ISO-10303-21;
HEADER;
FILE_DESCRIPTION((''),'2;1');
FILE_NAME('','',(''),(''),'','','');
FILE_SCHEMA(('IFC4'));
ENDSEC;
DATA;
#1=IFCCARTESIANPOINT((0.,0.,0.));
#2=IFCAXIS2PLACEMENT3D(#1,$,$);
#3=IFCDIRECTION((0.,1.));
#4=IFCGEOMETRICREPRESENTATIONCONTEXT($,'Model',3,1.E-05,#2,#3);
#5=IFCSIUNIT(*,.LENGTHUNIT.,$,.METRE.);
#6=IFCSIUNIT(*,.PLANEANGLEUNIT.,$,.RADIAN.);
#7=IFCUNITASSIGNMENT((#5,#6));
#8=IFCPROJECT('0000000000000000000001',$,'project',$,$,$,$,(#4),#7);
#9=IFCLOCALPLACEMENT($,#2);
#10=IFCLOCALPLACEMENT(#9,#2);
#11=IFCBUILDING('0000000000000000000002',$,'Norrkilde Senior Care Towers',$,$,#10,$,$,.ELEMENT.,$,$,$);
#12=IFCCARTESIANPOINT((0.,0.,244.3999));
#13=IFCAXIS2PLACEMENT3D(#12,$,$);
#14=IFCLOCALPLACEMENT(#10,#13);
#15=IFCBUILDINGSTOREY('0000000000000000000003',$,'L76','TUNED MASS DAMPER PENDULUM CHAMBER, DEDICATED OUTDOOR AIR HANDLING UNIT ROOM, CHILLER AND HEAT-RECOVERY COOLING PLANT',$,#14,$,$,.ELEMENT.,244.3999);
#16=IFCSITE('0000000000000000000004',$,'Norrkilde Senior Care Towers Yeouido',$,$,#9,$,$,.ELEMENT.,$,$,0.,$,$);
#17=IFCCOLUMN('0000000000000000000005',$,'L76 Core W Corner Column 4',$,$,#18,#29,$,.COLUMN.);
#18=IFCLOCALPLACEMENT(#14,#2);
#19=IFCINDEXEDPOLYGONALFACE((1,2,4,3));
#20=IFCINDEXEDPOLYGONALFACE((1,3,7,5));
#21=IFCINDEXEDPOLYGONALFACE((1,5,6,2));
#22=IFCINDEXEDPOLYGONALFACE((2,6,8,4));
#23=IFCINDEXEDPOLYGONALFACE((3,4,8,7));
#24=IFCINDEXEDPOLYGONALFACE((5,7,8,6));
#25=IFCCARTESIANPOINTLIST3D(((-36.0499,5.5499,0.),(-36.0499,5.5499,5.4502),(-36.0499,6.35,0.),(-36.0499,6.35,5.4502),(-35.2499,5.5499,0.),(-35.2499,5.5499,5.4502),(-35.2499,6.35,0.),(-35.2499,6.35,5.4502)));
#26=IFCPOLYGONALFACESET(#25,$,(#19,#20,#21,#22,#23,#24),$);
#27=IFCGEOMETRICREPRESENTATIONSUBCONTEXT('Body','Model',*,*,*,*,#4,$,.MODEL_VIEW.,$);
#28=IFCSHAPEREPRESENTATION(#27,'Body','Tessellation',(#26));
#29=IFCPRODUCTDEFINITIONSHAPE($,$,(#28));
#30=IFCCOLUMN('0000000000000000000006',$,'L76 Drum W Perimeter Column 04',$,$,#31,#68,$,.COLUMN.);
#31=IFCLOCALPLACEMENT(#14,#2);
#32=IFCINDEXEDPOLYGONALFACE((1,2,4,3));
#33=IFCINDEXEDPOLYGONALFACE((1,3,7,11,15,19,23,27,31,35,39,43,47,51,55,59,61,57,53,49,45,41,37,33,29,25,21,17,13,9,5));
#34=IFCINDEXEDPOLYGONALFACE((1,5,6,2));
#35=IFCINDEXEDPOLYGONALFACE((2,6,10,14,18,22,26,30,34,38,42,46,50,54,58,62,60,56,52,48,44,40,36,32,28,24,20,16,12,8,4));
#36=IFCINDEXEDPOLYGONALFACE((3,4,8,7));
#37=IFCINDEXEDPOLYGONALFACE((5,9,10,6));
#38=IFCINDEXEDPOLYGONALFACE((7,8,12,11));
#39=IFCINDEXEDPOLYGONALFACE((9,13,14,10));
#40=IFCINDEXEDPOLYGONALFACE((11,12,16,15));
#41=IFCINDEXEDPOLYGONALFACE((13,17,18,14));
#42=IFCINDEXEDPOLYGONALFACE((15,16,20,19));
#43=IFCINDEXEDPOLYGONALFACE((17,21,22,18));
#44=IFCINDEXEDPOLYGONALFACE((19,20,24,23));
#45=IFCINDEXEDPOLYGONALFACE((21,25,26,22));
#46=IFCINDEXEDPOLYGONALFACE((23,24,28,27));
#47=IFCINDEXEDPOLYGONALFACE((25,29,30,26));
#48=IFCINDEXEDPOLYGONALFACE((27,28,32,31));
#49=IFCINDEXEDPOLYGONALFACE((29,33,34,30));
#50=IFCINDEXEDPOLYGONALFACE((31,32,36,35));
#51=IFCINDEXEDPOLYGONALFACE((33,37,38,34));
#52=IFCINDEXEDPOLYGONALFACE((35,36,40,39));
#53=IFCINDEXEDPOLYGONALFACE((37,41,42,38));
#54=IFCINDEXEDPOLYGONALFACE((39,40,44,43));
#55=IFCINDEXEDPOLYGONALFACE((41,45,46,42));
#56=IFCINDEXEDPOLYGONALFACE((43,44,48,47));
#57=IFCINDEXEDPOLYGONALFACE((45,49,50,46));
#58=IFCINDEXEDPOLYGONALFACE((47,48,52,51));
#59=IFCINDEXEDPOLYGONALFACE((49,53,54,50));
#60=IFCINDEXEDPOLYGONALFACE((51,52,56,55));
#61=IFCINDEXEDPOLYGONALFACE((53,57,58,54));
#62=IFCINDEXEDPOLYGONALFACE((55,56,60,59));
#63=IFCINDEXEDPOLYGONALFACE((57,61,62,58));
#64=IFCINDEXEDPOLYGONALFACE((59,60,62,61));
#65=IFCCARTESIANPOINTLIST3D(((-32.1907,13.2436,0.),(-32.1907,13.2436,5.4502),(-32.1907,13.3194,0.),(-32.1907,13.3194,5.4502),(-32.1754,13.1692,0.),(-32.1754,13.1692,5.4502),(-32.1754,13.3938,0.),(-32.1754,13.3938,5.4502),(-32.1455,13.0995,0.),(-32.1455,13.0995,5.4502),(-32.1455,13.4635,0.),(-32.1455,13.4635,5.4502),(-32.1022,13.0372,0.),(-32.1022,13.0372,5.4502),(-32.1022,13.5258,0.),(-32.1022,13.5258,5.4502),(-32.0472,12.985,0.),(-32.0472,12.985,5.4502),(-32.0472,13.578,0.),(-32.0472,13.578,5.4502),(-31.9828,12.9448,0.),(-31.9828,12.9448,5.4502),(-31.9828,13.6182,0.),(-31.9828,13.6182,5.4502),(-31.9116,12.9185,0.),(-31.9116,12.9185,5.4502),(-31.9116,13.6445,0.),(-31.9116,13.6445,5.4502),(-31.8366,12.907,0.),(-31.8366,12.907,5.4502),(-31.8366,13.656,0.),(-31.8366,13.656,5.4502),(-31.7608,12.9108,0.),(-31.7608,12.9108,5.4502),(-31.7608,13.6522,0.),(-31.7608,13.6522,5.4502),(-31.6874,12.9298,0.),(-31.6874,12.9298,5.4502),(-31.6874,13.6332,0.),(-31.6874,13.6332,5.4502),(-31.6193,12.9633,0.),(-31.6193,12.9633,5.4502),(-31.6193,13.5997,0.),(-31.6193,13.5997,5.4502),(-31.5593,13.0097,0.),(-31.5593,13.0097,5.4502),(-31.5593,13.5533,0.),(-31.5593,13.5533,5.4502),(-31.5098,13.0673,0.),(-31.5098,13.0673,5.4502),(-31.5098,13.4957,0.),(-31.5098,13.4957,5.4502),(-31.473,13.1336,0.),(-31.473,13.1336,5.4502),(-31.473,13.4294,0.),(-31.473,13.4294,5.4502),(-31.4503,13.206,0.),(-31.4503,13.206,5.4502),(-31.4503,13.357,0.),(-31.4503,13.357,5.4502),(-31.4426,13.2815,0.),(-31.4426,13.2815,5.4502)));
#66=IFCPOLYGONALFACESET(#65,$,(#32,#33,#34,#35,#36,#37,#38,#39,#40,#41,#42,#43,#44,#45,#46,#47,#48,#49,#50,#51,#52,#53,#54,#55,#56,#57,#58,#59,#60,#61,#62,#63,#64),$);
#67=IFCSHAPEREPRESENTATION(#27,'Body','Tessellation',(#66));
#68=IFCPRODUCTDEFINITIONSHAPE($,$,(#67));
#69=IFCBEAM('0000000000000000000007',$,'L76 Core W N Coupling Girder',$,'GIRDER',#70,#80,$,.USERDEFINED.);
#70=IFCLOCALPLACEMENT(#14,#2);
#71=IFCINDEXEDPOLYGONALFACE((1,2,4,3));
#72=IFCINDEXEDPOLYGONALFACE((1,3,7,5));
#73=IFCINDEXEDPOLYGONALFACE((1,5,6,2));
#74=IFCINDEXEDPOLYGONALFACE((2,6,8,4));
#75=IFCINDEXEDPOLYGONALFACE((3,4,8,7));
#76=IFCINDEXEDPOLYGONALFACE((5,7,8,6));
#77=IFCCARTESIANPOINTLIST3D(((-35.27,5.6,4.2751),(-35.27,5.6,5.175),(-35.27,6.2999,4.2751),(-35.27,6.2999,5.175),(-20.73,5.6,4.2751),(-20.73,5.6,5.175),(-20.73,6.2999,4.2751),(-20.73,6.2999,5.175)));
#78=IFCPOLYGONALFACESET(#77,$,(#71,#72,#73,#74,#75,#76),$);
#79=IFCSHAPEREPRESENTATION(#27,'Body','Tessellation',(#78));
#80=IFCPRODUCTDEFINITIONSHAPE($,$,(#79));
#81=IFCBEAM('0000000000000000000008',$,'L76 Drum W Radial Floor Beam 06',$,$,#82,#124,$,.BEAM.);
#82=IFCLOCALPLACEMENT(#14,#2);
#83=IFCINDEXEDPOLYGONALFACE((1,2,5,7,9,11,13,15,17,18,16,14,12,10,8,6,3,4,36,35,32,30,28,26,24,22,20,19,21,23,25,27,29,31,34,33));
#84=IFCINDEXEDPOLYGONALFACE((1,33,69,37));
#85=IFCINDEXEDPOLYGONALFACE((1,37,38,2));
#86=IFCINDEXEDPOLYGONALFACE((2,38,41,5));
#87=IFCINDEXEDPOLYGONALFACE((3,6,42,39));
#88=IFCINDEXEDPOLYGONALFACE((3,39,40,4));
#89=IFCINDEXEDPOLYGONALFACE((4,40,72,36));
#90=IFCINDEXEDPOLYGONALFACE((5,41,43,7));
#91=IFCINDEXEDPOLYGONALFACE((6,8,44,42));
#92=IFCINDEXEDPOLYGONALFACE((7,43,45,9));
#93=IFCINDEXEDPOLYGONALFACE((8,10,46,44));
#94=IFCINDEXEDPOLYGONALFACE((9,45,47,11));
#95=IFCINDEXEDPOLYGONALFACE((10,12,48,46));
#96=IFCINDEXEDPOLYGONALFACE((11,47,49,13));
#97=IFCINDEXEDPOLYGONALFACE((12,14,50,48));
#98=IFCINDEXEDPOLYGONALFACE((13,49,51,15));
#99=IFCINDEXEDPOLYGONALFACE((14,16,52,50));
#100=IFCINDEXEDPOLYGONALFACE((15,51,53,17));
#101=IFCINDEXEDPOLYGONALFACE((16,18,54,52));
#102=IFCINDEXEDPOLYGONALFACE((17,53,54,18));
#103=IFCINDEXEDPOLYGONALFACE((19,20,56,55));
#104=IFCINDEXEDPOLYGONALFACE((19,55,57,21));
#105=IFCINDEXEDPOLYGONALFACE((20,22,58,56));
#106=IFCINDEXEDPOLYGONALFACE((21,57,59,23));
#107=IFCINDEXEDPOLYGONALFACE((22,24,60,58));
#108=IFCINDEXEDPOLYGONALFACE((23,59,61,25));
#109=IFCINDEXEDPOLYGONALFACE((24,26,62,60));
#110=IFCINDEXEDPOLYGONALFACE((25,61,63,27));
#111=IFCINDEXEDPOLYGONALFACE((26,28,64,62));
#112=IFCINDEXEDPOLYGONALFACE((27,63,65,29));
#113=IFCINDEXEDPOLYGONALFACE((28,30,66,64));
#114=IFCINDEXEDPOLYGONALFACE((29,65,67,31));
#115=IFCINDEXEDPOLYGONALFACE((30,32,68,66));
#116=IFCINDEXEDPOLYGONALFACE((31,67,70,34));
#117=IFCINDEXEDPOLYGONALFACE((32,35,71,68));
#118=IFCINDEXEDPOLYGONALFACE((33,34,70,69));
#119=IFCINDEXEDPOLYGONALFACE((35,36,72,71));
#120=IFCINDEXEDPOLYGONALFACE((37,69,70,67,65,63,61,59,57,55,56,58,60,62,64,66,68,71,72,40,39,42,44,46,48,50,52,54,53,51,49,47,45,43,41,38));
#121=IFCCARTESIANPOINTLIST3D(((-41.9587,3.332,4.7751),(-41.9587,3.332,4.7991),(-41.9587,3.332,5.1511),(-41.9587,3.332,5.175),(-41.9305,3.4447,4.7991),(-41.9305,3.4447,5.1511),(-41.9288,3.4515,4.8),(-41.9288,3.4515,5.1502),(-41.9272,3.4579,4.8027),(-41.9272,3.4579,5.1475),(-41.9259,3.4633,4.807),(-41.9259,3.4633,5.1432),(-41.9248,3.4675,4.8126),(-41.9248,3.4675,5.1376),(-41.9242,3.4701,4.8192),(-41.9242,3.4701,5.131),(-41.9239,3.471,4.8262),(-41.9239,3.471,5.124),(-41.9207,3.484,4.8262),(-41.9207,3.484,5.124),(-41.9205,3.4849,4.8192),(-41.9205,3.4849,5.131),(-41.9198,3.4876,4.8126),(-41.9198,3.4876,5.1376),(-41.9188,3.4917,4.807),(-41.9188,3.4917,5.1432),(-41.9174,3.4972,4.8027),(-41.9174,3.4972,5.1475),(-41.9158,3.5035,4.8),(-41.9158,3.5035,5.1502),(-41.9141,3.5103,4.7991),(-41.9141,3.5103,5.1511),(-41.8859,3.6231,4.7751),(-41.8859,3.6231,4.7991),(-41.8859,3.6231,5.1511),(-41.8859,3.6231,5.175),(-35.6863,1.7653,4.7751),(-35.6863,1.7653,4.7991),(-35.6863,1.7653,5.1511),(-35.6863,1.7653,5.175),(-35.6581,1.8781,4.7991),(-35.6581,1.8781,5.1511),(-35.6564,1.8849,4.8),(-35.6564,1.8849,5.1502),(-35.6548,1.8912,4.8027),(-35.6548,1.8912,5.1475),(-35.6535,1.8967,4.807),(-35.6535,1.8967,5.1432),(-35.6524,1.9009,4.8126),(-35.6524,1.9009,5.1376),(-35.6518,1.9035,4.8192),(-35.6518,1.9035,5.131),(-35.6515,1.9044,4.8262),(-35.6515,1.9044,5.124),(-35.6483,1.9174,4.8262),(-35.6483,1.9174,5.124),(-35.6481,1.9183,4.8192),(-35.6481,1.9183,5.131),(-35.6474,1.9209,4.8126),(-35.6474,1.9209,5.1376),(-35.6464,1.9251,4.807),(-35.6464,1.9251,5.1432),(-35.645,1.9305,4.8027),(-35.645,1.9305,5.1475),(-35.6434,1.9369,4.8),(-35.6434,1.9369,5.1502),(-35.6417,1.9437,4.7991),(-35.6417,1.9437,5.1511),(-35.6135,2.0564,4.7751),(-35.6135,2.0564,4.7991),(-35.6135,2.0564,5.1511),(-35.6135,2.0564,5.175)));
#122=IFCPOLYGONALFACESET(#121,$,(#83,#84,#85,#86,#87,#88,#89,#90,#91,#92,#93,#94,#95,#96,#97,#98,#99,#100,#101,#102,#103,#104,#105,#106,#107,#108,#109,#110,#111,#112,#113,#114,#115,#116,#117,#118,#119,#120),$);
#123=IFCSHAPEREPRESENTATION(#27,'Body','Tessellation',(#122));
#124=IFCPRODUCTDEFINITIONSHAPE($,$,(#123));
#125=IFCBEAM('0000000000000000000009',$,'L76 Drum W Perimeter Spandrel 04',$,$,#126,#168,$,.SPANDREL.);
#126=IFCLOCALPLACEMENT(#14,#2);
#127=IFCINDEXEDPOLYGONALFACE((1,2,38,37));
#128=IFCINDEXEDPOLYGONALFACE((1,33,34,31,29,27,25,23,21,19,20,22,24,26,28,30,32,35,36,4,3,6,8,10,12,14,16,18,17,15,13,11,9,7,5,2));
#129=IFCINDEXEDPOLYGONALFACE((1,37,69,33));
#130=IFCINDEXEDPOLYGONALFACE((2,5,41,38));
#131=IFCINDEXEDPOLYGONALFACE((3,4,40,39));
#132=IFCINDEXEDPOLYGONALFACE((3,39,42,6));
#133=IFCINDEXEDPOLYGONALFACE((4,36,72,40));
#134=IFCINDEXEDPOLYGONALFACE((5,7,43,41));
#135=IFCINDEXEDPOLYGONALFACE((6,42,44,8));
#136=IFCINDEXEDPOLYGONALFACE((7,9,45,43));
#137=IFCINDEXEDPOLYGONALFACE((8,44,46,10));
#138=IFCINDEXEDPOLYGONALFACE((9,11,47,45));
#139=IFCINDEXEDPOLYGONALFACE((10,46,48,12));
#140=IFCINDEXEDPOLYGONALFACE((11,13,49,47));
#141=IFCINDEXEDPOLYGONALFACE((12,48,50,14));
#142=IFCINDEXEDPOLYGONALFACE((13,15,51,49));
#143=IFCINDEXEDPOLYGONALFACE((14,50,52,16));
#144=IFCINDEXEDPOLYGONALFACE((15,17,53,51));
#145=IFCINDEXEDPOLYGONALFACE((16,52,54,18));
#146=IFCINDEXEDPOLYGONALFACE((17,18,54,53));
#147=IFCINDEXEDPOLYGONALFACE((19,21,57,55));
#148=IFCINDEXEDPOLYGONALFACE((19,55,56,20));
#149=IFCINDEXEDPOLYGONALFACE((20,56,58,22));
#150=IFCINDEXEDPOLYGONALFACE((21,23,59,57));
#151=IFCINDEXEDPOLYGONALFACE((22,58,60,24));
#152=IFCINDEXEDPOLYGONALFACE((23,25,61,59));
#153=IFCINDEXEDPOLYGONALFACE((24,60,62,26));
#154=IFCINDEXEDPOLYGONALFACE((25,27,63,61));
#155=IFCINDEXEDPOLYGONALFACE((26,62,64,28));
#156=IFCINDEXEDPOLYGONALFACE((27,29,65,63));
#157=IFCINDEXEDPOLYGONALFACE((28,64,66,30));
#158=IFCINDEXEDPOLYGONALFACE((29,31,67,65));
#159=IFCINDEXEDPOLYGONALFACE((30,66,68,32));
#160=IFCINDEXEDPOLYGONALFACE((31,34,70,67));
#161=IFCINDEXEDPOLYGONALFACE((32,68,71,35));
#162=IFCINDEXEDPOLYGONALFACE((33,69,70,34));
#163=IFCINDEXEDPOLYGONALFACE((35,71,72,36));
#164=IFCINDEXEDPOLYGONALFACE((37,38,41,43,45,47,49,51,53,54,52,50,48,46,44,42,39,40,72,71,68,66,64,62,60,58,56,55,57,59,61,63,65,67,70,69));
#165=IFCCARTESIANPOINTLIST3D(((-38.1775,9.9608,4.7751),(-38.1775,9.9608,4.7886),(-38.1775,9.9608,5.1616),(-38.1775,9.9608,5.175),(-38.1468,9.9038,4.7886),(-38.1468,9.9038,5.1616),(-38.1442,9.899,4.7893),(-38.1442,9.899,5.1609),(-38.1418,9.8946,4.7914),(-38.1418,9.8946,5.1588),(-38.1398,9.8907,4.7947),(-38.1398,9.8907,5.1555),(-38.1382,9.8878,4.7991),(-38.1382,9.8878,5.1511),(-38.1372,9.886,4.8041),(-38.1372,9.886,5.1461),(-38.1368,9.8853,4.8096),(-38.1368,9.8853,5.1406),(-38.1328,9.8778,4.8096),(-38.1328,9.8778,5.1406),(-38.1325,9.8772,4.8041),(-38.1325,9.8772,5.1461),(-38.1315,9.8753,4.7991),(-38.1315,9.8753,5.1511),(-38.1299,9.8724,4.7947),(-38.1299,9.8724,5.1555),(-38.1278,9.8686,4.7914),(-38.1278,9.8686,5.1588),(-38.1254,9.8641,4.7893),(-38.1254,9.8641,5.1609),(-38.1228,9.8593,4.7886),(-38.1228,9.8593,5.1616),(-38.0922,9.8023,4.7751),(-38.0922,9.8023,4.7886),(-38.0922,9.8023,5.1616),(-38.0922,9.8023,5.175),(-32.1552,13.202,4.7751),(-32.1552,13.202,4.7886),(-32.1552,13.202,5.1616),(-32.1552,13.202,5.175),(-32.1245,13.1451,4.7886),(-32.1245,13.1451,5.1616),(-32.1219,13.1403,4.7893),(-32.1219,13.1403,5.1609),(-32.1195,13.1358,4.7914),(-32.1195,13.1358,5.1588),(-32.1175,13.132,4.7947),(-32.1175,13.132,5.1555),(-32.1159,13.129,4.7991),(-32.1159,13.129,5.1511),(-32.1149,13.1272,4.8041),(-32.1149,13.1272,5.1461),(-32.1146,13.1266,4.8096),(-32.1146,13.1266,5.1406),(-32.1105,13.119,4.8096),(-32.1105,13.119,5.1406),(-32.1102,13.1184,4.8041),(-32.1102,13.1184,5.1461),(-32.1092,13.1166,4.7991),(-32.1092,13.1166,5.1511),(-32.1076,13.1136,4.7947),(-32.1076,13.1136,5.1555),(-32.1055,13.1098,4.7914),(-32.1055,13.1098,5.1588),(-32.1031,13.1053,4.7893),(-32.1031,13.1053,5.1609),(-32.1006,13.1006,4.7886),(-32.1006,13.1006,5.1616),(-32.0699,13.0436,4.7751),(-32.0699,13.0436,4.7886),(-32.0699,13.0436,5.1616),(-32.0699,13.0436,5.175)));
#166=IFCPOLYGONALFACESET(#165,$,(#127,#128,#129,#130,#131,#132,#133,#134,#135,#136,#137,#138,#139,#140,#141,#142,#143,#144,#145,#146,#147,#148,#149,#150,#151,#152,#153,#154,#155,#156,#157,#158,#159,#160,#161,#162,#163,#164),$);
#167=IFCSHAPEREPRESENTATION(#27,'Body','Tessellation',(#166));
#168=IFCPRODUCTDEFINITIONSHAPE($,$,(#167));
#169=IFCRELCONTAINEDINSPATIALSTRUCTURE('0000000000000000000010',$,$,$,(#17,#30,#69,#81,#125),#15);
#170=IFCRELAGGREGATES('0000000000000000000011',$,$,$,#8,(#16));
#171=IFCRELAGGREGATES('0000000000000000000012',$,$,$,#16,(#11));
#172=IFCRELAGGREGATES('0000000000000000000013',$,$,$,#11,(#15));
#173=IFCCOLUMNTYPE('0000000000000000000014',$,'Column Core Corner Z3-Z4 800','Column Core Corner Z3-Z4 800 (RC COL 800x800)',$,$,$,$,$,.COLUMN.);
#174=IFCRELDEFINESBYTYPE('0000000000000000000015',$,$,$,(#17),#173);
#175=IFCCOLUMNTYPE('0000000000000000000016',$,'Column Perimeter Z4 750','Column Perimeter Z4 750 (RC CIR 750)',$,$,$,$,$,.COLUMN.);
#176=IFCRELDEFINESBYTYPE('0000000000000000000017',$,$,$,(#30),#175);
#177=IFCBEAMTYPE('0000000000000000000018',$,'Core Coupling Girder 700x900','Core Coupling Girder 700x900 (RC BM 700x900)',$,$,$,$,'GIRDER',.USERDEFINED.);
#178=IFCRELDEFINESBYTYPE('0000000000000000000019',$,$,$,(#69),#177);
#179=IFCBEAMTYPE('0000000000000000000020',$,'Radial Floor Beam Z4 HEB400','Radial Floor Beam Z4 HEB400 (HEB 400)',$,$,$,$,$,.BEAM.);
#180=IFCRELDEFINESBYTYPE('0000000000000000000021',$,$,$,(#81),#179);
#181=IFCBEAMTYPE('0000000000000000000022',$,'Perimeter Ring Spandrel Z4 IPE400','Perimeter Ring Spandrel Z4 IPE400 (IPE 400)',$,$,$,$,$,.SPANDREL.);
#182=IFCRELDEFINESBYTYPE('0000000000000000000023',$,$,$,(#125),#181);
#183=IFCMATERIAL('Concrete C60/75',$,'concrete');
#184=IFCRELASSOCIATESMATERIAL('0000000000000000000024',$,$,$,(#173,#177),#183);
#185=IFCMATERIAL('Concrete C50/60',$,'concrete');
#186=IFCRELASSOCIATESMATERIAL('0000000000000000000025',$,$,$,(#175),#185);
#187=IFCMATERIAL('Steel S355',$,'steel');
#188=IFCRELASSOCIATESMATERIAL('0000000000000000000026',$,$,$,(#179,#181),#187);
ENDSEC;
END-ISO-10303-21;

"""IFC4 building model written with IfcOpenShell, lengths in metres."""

from ifc_helpers import new_model, si_unit, direction, frame, origin, origin_2d, place, context, subcontext, project, spatial, rectangle, circle, i_section, extrude, source, transform, mapped, material, material_profile, profile_set, type_object, type_shapes, element, save


model = new_model("IFC4")

# Units and contexts
model_context = context("Model", 3, precision=1e-05, world=origin(), true_north=direction((0.0, 1.0)))
body_context = subcontext(model_context, "Body", "Model", "MODEL_VIEW")
ifc_project = project(units=[si_unit("LENGTHUNIT", "METRE"), si_unit("PLANEANGLEUNIT", "RADIAN")], contexts=[model_context])

# Site, building, storey
site_placement = place(None, origin())
site = spatial("IfcSite", under=ifc_project, at=site_placement, Name="Norrkilde Senior Care Towers Yeouido", CompositionType="ELEMENT", RefElevation=0.0)
building_placement = place(site_placement, origin())
building = spatial("IfcBuilding", under=site, at=building_placement, Name="Norrkilde Senior Care Towers", CompositionType="ELEMENT")
storey_placement = place(building_placement, frame((0.0, 0.0, 244.3999)))
storey = spatial("IfcBuildingStorey", under=building, at=storey_placement, Name="L76", Description="TUNED MASS DAMPER PENDULUM CHAMBER, DEDICATED OUTDOOR AIR HANDLING UNIT ROOM, CHILLER AND HEAT-RECOVERY COOLING PLANT", CompositionType="ELEMENT", Elevation=244.3999)

# Columns
ifc_material_1 = material(Name="Concrete C60/75", Category="concrete")
ifc_material_profile_1 = material_profile(ifc_material_1, rectangle(XDim=0.8, YDim=0.8, at=origin_2d()), Name="RC COL 800x800")
ifc_profile_set_1 = profile_set([ifc_material_profile_1], Name="Concrete C60/75")
column_type_1 = type_object("IfcColumnType", Name="Column Core Corner Z3-Z4 800", Description="Column Core Corner Z3-Z4 800 (RC COL 800x800)", PredefinedType="COLUMN", material=ifc_profile_set_1)
shared_shape_1 = source(origin(), body_context, "Body", "SweptSolid", [
    extrude(rectangle(XDim=0.8, YDim=0.8, at=origin_2d()), origin(), (0.0, 0.0, 1.0), 5.4502),
])
type_shapes(column_type_1, [shared_shape_1])
column_1_placement = place(storey_placement, frame((-35.6499, 5.95, 0.0), z_axis=(0.0, 0.0, 1.0), x_axis=(1.0, 0.0, 0.0)))
element("IfcColumn", 1, at=column_1_placement, inside=storey, type_object=column_type_1, Name="L76 Core W Corner Column 4", PredefinedType="COLUMN", context=body_context, shape_type="MappedRepresentation", body=[
    mapped(shared_shape_1, transform((0.0, 0.0, 0.0), x_axis=(1.0, 0.0, 0.0), y_axis=(0.0, 1.0, 0.0), z_axis=(0.0, 0.0, 1.0), scale=1.0)),
])
ifc_material_2 = material(Name="Concrete C50/60", Category="concrete")
ifc_material_profile_2 = material_profile(ifc_material_2, circle(Radius=0.375, at=origin_2d()), Name="RC CIR 750")
ifc_profile_set_2 = profile_set([ifc_material_profile_2], Name="Concrete C50/60")
column_type_2 = type_object("IfcColumnType", Name="Column Perimeter Z4 750", Description="Column Perimeter Z4 750 (RC CIR 750)", PredefinedType="COLUMN", material=ifc_profile_set_2)
shared_shape_2 = source(origin(), body_context, "Body", "SweptSolid", [
    extrude(circle(Radius=0.375, at=origin_2d()), origin(), (0.0, 0.0, 1.0), 5.4502),
])
type_shapes(column_type_2, [shared_shape_2])
column_2_placement = place(storey_placement, frame((-31.8176, 13.2815, 0.0), z_axis=(0.0, 0.0, 1.0), x_axis=(1.0, 0.0, 0.0)))
element("IfcColumn", 2, at=column_2_placement, inside=storey, type_object=column_type_2, Name="L76 Drum W Perimeter Column 04", PredefinedType="COLUMN", context=body_context, shape_type="MappedRepresentation", body=[
    mapped(shared_shape_2, transform((0.0, 0.0, 0.0), x_axis=(1.0, 0.0, 0.0), y_axis=(0.0, 1.0, 0.0), z_axis=(0.0, 0.0, 1.0), scale=1.0)),
])

# Beams
ifc_material_profile_3 = material_profile(ifc_material_1, rectangle(XDim=0.7, YDim=0.8999, at=origin_2d()), Name="RC BM 700x900")
ifc_profile_set_3 = profile_set([ifc_material_profile_3], Name="Concrete C60/75")
beam_type_1 = type_object("IfcBeamType", Name="Core Coupling Girder 700x900", Description="Core Coupling Girder 700x900 (RC BM 700x900)", ElementType="GIRDER", PredefinedType="USERDEFINED", material=ifc_profile_set_3)
shared_shape_3 = source(origin(), body_context, "Body", "SweptSolid", [
    extrude(rectangle(XDim=0.7, YDim=0.8999, at=origin_2d()), origin(), (0.0, 0.0, 1.0), 14.54),
])
type_shapes(beam_type_1, [shared_shape_3])
beam_1_placement = place(storey_placement, frame((-35.27, 5.95, 4.7251), z_axis=(1.0, 0.0, 0.0), x_axis=(0.0, 1.0, 0.0)))
element("IfcBeam", 3, at=beam_1_placement, inside=storey, type_object=beam_type_1, Name="L76 Core W N Coupling Girder", ObjectType="GIRDER", PredefinedType="USERDEFINED", context=body_context, shape_type="MappedRepresentation", body=[
    mapped(shared_shape_3, transform((0.0, 0.0, 0.0), x_axis=(1.0, 0.0, 0.0), y_axis=(0.0, 1.0, 0.0), z_axis=(0.0, 0.0, 1.0), scale=1.0)),
])
ifc_material_3 = material(Name="Steel S355", Category="steel")
ifc_material_profile_4 = material_profile(ifc_material_3, i_section(OverallWidth=0.3, OverallDepth=0.3999, WebThickness=0.0134, FlangeThickness=0.0239, FilletRadius=0.0271, at=origin_2d()), Name="HEB 400")
ifc_profile_set_4 = profile_set([ifc_material_profile_4], Name="Steel S355")
beam_type_2 = type_object("IfcBeamType", Name="Radial Floor Beam Z4 HEB400", Description="Radial Floor Beam Z4 HEB400 (HEB 400)", PredefinedType="BEAM", material=ifc_profile_set_4)
shared_shape_4 = source(origin(), body_context, "Body", "SweptSolid", [
    extrude(i_section(OverallWidth=0.3, OverallDepth=0.3999, WebThickness=0.0134, FlangeThickness=0.0239, FilletRadius=0.0271, at=origin_2d()), origin(), (0.0, 0.0, 1.0), 6.4651),
])
beam_2_placement = place(storey_placement, frame((-35.6499, 1.9109, 4.9751), z_axis=(-0.970196, 0.242322, 0.0), x_axis=(-0.242322, -0.970196, 0.0)))
element("IfcBeam", 4, at=beam_2_placement, inside=storey, type_object=beam_type_2, Name="L76 Drum W Radial Floor Beam 06", PredefinedType="BEAM", context=body_context, shape_type="MappedRepresentation", body=[
    mapped(shared_shape_4, transform((0.0, 0.0, 0.0), x_axis=(1.0, 0.0, 0.0), y_axis=(0.0, 1.0, 0.0), z_axis=(0.0, 0.0, 1.0), scale=1.0)),
])
ifc_material_profile_5 = material_profile(ifc_material_3, i_section(OverallWidth=0.1799, OverallDepth=0.3999, WebThickness=0.0085, FlangeThickness=0.0134, FilletRadius=0.021, at=origin_2d()), Name="IPE 400")
ifc_profile_set_5 = profile_set([ifc_material_profile_5], Name="Steel S355")
beam_type_3 = type_object("IfcBeamType", Name="Perimeter Ring Spandrel Z4 IPE400", Description="Perimeter Ring Spandrel Z4 IPE400 (IPE 400)", PredefinedType="SPANDREL", material=ifc_profile_set_5)
shared_shape_5 = source(origin(), body_context, "Body", "SweptSolid", [
    extrude(i_section(OverallWidth=0.1799, OverallDepth=0.3999, WebThickness=0.0085, FlangeThickness=0.0134, FilletRadius=0.021, at=origin_2d()), origin(), (0.0, 0.0, 1.0), 6.8391),
])
type_shapes(beam_type_3, [shared_shape_5])
beam_3_placement = place(storey_placement, frame((-32.1125, 13.1228, 4.9751), z_axis=(-0.880564, -0.473927, 0.0), x_axis=(0.473927, -0.880564, 0.0)))
element("IfcBeam", 5, at=beam_3_placement, inside=storey, type_object=beam_type_3, Name="L76 Drum W Perimeter Spandrel 04", PredefinedType="SPANDREL", context=body_context, shape_type="MappedRepresentation", body=[
    mapped(shared_shape_5, transform((0.0, 0.0, 0.0), x_axis=(1.0, 0.0, 0.0), y_axis=(0.0, 1.0, 0.0), z_axis=(0.0, 0.0, 1.0), scale=1.0)),
])

save(model, "model.ifc")
